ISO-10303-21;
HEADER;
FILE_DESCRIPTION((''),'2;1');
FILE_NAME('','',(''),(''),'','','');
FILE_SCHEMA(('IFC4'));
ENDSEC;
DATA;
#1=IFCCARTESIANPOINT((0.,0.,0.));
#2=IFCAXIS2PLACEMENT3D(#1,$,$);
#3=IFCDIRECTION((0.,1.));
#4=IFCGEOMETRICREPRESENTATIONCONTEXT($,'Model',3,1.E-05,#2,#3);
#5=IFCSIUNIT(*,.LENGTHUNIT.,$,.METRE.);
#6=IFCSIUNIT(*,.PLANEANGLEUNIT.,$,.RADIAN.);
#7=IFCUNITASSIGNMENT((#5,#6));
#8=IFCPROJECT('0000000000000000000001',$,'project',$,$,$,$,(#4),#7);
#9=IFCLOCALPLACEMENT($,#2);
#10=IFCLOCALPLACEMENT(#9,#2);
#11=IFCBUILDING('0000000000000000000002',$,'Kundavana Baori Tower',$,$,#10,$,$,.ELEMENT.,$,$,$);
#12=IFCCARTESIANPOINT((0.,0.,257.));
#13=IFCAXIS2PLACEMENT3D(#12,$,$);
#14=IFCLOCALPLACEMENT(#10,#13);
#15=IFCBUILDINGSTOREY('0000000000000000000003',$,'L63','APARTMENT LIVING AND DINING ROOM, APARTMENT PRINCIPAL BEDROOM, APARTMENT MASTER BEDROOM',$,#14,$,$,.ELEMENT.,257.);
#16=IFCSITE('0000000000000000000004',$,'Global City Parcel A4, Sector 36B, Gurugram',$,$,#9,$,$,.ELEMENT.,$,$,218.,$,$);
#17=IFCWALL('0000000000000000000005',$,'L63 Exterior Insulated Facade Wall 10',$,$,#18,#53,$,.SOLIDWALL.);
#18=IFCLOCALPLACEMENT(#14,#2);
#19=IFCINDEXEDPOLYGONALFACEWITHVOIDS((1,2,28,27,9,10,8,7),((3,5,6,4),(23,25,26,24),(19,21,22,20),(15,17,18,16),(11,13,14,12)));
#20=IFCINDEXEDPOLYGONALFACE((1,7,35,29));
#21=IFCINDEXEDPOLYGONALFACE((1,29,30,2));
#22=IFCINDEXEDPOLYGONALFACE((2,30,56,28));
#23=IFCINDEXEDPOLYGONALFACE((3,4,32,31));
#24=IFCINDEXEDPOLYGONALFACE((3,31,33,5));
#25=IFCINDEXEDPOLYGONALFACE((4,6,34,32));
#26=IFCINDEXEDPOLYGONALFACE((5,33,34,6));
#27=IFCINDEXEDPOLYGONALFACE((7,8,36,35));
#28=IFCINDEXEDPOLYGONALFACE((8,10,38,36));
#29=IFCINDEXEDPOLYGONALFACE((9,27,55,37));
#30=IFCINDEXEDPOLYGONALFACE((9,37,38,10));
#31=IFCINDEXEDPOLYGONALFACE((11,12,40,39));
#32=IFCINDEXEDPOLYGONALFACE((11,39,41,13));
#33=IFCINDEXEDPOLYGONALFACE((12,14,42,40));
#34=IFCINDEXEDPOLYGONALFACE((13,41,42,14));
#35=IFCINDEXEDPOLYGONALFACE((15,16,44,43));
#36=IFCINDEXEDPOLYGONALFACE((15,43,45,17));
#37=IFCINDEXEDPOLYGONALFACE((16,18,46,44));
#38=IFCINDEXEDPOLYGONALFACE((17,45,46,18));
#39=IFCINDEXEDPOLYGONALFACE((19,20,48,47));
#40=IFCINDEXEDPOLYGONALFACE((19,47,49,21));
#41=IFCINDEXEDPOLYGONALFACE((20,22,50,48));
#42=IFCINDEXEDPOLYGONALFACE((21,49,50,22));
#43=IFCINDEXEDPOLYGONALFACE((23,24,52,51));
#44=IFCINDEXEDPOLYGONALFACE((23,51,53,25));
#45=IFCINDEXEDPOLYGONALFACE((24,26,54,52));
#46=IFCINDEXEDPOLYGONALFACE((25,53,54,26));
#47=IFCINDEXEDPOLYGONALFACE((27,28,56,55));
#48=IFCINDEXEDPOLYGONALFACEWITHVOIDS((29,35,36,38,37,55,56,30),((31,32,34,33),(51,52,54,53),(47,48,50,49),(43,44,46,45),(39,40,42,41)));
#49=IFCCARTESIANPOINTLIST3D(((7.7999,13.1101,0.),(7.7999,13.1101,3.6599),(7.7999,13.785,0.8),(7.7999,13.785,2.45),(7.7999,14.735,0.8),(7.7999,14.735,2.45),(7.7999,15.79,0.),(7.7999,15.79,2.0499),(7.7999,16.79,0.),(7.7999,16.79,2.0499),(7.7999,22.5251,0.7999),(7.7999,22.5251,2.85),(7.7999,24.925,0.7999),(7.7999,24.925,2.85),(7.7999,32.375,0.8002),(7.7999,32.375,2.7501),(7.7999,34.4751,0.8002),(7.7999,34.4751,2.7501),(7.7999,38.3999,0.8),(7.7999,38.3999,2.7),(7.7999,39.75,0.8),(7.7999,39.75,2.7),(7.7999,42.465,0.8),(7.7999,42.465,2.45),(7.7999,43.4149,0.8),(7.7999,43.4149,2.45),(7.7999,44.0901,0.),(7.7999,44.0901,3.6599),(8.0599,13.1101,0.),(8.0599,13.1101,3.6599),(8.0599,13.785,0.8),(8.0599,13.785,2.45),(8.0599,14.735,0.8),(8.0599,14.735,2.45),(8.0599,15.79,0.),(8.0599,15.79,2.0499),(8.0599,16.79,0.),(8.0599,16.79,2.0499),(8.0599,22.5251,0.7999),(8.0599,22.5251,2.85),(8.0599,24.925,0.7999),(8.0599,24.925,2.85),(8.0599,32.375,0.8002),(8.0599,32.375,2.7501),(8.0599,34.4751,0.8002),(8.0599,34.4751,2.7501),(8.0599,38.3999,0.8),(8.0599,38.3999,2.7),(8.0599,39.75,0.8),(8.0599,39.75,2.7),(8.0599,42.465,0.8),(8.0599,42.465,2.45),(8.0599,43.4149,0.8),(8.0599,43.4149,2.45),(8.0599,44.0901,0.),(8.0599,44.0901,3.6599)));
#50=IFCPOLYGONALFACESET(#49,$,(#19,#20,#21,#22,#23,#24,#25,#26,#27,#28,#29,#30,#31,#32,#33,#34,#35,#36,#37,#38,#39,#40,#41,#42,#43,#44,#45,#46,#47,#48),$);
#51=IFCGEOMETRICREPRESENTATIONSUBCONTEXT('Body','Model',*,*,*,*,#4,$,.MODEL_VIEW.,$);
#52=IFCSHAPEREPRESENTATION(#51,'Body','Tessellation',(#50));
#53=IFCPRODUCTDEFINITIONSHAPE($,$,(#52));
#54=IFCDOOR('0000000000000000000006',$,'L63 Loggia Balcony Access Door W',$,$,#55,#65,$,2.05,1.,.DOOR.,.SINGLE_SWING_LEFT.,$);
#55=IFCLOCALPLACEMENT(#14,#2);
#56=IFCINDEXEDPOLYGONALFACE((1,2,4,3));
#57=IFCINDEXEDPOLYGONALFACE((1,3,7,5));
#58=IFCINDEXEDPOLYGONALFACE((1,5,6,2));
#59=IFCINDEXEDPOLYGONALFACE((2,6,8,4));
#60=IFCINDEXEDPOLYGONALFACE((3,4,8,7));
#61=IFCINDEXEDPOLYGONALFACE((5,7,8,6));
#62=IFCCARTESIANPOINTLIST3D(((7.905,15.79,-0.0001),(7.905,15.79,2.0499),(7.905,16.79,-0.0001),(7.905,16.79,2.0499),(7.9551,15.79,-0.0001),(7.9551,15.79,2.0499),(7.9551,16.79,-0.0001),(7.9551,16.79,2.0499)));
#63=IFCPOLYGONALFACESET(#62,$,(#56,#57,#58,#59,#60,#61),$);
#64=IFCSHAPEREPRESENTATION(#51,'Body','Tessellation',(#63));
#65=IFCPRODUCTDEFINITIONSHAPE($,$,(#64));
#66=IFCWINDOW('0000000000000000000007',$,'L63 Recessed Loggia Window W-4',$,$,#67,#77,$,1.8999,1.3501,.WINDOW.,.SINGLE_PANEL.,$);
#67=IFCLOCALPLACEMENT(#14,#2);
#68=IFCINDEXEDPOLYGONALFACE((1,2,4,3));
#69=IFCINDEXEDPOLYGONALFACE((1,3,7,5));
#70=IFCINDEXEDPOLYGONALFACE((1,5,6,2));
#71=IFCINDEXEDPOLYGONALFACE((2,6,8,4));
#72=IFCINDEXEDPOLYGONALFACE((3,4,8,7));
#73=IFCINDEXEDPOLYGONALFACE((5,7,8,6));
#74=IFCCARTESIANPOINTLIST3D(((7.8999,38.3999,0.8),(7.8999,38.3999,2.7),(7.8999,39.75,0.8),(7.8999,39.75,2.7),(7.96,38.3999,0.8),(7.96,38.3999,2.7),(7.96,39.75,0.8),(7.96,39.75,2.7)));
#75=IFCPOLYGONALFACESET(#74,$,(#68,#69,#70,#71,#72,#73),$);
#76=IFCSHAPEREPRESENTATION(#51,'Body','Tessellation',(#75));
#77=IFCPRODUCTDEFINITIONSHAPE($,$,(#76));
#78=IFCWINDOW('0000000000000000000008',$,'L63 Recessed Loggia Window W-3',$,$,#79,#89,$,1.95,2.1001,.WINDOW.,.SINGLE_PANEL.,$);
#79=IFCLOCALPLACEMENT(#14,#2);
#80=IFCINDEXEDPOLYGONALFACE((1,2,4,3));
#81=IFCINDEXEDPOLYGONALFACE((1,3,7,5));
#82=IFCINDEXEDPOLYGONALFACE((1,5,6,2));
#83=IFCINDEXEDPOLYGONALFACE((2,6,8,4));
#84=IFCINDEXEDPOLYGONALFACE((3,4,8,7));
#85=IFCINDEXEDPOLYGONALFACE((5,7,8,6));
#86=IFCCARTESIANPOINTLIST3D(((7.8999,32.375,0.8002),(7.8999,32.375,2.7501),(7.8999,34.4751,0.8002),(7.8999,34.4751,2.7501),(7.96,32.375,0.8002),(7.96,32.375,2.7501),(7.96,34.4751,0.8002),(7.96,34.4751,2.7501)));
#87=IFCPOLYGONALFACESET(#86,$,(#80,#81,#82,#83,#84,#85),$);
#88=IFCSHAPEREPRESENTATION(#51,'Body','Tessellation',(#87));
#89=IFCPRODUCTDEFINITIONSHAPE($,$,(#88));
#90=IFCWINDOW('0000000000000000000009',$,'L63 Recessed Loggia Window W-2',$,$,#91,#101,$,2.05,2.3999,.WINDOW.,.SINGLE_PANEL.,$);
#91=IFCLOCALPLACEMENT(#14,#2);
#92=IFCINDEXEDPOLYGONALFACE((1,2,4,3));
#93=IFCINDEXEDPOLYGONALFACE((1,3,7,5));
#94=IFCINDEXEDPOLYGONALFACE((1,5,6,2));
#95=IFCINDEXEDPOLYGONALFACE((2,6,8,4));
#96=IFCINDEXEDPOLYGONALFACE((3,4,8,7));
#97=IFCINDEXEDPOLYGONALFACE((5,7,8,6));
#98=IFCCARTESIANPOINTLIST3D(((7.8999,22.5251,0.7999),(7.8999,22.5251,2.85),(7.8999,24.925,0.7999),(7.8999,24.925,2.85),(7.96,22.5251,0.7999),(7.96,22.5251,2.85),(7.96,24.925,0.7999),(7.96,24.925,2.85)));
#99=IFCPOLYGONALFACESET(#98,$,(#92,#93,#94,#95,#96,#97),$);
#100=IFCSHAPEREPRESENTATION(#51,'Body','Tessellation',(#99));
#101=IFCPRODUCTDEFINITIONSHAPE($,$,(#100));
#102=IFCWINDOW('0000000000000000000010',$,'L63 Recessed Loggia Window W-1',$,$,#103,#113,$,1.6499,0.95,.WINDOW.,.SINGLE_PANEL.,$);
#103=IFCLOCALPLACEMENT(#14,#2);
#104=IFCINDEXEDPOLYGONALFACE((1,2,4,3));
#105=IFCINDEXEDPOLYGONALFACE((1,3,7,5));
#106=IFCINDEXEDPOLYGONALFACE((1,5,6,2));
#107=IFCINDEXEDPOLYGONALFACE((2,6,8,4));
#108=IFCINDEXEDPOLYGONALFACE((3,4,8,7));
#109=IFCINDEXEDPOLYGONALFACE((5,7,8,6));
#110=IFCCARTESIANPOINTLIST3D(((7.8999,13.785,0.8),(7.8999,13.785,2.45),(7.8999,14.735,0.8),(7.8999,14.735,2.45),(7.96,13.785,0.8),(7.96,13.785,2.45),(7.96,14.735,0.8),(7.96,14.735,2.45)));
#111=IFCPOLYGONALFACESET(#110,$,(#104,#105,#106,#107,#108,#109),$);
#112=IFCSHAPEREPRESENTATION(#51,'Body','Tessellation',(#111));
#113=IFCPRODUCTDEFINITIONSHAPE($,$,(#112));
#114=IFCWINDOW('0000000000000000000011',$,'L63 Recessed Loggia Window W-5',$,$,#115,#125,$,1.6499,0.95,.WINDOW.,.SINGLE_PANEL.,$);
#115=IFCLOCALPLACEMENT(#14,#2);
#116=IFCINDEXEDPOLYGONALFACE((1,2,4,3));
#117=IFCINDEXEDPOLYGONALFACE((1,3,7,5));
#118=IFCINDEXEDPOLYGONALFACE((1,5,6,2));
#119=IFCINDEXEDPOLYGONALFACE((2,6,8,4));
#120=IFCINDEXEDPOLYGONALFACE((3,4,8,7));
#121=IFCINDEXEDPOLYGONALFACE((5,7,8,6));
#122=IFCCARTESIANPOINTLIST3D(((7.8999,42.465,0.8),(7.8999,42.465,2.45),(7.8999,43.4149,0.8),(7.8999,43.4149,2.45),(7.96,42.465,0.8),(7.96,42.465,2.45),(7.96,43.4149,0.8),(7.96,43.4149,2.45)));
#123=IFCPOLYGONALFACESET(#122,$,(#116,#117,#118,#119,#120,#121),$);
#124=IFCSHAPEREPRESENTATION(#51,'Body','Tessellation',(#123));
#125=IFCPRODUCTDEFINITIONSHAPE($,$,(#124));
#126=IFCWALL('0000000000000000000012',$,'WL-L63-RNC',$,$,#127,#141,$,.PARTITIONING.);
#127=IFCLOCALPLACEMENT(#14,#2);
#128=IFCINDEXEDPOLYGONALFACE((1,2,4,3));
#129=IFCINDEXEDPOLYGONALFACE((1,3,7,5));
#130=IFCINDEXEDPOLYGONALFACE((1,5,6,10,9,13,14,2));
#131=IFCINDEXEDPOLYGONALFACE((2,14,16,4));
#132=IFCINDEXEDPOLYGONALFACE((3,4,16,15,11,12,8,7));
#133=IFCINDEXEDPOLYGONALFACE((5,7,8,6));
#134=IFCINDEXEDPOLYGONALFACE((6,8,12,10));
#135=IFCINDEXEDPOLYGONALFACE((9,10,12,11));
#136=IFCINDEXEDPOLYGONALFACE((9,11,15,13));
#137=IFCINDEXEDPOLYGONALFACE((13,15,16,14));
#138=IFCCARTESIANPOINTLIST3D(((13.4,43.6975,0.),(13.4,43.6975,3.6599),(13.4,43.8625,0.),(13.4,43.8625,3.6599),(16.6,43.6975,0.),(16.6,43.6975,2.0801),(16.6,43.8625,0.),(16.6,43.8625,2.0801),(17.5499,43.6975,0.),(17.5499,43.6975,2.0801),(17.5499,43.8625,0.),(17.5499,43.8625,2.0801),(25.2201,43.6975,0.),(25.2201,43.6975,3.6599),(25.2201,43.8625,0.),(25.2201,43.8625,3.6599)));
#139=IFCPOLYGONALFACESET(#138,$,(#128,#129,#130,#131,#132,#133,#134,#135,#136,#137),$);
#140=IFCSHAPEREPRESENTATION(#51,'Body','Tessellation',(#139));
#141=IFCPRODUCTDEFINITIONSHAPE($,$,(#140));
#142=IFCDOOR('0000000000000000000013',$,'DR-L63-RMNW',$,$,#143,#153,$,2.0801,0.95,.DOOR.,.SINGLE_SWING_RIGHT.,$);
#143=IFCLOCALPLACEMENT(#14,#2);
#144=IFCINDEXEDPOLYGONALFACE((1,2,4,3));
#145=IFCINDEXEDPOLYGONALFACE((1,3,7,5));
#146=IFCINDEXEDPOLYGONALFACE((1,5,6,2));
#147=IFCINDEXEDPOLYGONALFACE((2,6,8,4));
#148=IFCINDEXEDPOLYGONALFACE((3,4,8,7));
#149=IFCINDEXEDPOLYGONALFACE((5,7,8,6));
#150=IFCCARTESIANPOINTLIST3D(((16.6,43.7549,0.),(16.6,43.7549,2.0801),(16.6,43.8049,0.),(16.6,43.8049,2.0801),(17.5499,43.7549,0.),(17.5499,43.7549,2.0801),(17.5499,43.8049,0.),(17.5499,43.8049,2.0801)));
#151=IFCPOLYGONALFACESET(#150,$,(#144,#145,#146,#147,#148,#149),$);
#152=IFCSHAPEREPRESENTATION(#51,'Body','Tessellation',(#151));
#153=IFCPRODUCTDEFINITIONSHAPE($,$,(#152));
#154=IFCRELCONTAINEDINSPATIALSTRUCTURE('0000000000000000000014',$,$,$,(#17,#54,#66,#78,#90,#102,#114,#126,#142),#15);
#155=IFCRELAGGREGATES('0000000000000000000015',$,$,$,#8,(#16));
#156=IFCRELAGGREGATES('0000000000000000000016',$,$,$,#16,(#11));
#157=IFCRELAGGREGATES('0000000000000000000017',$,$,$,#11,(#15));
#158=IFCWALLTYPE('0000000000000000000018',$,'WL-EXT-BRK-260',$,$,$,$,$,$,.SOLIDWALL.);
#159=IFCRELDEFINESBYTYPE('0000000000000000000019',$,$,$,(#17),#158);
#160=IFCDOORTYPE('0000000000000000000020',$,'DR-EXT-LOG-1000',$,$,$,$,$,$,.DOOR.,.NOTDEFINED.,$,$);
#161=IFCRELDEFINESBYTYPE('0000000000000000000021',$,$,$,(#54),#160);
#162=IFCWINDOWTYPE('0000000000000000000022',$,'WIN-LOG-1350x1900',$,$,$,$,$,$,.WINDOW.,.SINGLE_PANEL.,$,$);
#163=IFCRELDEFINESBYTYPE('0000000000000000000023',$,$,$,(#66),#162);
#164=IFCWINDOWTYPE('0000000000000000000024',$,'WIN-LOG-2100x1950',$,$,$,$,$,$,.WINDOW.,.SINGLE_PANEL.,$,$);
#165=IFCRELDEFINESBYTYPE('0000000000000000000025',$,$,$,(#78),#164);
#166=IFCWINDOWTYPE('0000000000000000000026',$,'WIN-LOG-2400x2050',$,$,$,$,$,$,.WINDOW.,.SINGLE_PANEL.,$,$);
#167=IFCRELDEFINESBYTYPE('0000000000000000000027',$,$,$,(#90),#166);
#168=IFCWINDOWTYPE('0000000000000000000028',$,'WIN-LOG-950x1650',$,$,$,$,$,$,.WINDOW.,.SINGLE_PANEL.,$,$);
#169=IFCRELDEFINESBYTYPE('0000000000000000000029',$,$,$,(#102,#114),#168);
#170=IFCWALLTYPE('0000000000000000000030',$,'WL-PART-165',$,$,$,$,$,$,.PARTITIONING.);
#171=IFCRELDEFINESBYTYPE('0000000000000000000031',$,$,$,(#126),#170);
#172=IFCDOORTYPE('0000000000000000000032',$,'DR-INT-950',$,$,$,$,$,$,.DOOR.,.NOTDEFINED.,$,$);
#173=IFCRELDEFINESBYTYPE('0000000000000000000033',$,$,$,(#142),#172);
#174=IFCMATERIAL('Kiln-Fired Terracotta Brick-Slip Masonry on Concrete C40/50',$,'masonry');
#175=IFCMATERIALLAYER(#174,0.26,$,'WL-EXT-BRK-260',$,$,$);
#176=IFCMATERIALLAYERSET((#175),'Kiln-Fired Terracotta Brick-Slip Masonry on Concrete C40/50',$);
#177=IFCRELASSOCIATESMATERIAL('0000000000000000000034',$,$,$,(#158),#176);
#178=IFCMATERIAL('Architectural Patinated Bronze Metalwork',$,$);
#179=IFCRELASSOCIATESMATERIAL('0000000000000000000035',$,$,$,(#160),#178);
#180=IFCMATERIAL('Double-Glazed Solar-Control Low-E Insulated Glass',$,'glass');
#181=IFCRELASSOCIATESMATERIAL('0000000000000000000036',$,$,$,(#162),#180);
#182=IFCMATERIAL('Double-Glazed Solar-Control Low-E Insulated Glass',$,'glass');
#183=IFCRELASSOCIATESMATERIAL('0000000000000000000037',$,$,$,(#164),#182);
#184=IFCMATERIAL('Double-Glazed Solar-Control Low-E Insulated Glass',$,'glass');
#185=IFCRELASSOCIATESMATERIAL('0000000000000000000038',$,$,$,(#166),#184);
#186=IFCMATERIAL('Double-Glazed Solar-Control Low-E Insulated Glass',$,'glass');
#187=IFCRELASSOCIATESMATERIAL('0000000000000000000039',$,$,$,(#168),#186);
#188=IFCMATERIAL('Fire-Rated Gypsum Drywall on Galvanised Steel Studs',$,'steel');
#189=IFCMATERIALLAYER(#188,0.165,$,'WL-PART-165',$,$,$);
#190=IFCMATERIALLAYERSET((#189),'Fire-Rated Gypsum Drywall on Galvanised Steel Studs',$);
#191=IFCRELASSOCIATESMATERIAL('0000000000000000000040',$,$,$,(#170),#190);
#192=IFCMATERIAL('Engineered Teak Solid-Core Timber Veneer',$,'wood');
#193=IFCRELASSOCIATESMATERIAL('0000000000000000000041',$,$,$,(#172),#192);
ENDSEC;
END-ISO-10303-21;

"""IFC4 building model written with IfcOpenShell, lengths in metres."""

from ifc_helpers import new_model, si_unit, direction, frame, frame_2d, origin, place, context, subcontext, project, spatial, rectangle, extrude, material, layer, layer_set, type_object, element, fill, save


model = new_model("IFC4")

# Units and contexts
model_context = context("Model", 3, precision=1e-05, world=origin(), true_north=direction((0.0, 1.0)))
body_context = subcontext(model_context, "Body", "Model", "MODEL_VIEW")
ifc_project = project(units=[si_unit("LENGTHUNIT", "METRE"), si_unit("PLANEANGLEUNIT", "RADIAN")], contexts=[model_context])

# Site, building, storey
site_placement = place(None, origin())
site = spatial("IfcSite", under=ifc_project, at=site_placement, Name="Global City Parcel A4, Sector 36B, Gurugram", CompositionType="ELEMENT", RefElevation=218.0)
building_placement = place(site_placement, origin())
building = spatial("IfcBuilding", under=site, at=building_placement, Name="Kundavana Baori Tower", CompositionType="ELEMENT")
storey_placement = place(building_placement, frame((0.0, 0.0, 257.0)))
storey = spatial("IfcBuildingStorey", under=building, at=storey_placement, Name="L63", Description="APARTMENT LIVING AND DINING ROOM, APARTMENT PRINCIPAL BEDROOM, APARTMENT MASTER BEDROOM", CompositionType="ELEMENT", Elevation=257.0)

# Shared definitions
ifc_material_1 = material(Name="Kiln-Fired Terracotta Brick-Slip Masonry on Concrete C40/50", Category="masonry")
ifc_layer_1 = layer(ifc_material_1, 0.26, Name="WL-EXT-BRK-260")
ifc_layer_set_1 = layer_set([ifc_layer_1], Name="Kiln-Fired Terracotta Brick-Slip Masonry on Concrete C40/50")
wall_type_1 = type_object("IfcWallType", Name="WL-EXT-BRK-260", PredefinedType="SOLIDWALL", material=ifc_layer_set_1)

# Wall, openings, door, windows
wall_1_placement = place(storey_placement, frame((7.9299, 44.0901, 0.0), z_axis=(0.0, 0.0, 1.0), x_axis=(0.0, -1.0, 0.0)))
wall_1 = element("IfcWall", 1, at=wall_1_placement, inside=storey, type_object=wall_type_1, Name="L63 Exterior Insulated Facade Wall 10", PredefinedType="SOLIDWALL", context=body_context, shape_type="SweptSolid", body=[
    extrude(rectangle(XDim=30.98, YDim=0.26, at=frame_2d((15.49, 0.0))), origin(), (0.0, 0.0, 1.0), 3.6599),
])
opening_1_placement = place(wall_1_placement, frame((29.355, 0.0, 0.8)))
opening_1 = element("IfcOpeningElement", 2, at=opening_1_placement, cuts=wall_1, PredefinedType="OPENING", context=body_context, shape_type="SweptSolid", body=[
    extrude(rectangle(XDim=0.95, YDim=1.6499, at=frame_2d((0.4751, 0.825))), frame((0.0, 0.1401, 0.0), z_axis=(0.0, -1.0, 0.0), x_axis=(1.0, 0.0, 0.0)), (0.0, 0.0, 1.0), 0.28),
])
opening_2_placement = place(wall_1_placement, frame((27.3, 0.0, 0.0)))
opening_2 = element("IfcOpeningElement", 3, at=opening_2_placement, cuts=wall_1, PredefinedType="OPENING", context=body_context, shape_type="SweptSolid", body=[
    extrude(rectangle(XDim=1.0, YDim=2.05, at=frame_2d((0.5, 1.0249))), frame((0.0, 0.1401, 0.0), z_axis=(0.0, -1.0, 0.0), x_axis=(1.0, 0.0, 0.0)), (0.0, 0.0, 1.0), 0.28),
])
opening_3_placement = place(wall_1_placement, frame((19.165, 0.0, 0.8)))
opening_3 = element("IfcOpeningElement", 4, at=opening_3_placement, cuts=wall_1, PredefinedType="OPENING", context=body_context, shape_type="SweptSolid", body=[
    extrude(rectangle(XDim=2.3999, YDim=2.05, at=frame_2d((1.2, 1.0249))), frame((0.0, 0.1401, 0.0), z_axis=(0.0, -1.0, 0.0), x_axis=(1.0, 0.0, 0.0)), (0.0, 0.0, 1.0), 0.28),
])
opening_4_placement = place(wall_1_placement, frame((9.615, 0.0, 0.8)))
opening_4 = element("IfcOpeningElement", 5, at=opening_4_placement, cuts=wall_1, PredefinedType="OPENING", context=body_context, shape_type="SweptSolid", body=[
    extrude(rectangle(XDim=2.1001, YDim=1.95, at=frame_2d((1.05, 0.9751))), frame((0.0, 0.1401, 0.0), z_axis=(0.0, -1.0, 0.0), x_axis=(1.0, 0.0, 0.0)), (0.0, 0.0, 1.0), 0.28),
])
opening_5_placement = place(wall_1_placement, frame((4.3401, 0.0, 0.8)))
opening_5 = element("IfcOpeningElement", 6, at=opening_5_placement, cuts=wall_1, PredefinedType="OPENING", context=body_context, shape_type="SweptSolid", body=[
    extrude(rectangle(XDim=1.3501, YDim=1.8999, at=frame_2d((0.675, 0.95))), frame((0.0, 0.1401, 0.0), z_axis=(0.0, -1.0, 0.0), x_axis=(1.0, 0.0, 0.0)), (0.0, 0.0, 1.0), 0.28),
])
opening_6_placement = place(wall_1_placement, frame((0.675, 0.0, 0.8)))
opening_6 = element("IfcOpeningElement", 7, at=opening_6_placement, cuts=wall_1, PredefinedType="OPENING", context=body_context, shape_type="SweptSolid", body=[
    extrude(rectangle(XDim=0.95, YDim=1.6499, at=frame_2d((0.4751, 0.825))), frame((0.0, 0.1401, 0.0), z_axis=(0.0, -1.0, 0.0), x_axis=(1.0, 0.0, 0.0)), (0.0, 0.0, 1.0), 0.28),
])
ifc_material_2 = material(Name="Architectural Patinated Bronze Metalwork")
door_type_1 = type_object("IfcDoorType", Name="DR-EXT-LOG-1000", OperationType="NOTDEFINED", PredefinedType="DOOR", material=ifc_material_2)
door_1_placement = place(opening_2_placement, frame((1.0, 0.0, 0.0), z_axis=(0.0, 0.0, 1.0), x_axis=(-1.0, 0.0, 0.0)))
door_1 = element("IfcDoor", 8, at=door_1_placement, inside=storey, type_object=door_type_1, Name="L63 Loggia Balcony Access Door W", OperationType="SINGLE_SWING_LEFT", OverallHeight=2.05, OverallWidth=1.0, PredefinedType="DOOR", context=body_context, shape_type="SweptSolid", body=[
    extrude(rectangle(XDim=1.0, YDim=2.05, at=frame_2d((0.5, 1.0249))), frame((0.0, 0.0249, 0.0), z_axis=(0.0, -1.0, 0.0), x_axis=(1.0, 0.0, 0.0)), (0.0, 0.0, 1.0), 0.05),
])
fill(opening_2, door_1)
ifc_material_3 = material(Name="Double-Glazed Solar-Control Low-E Insulated Glass", Category="glass")
window_type_1 = type_object("IfcWindowType", Name="WIN-LOG-1350x1900", PartitioningType="SINGLE_PANEL", PredefinedType="WINDOW", material=ifc_material_3)
window_1_placement = place(opening_5_placement, origin())
window_1 = element("IfcWindow", 9, at=window_1_placement, inside=storey, type_object=window_type_1, Name="L63 Recessed Loggia Window W-4", OverallHeight=1.8999, OverallWidth=1.3501, PartitioningType="SINGLE_PANEL", PredefinedType="WINDOW", context=body_context, shape_type="SweptSolid", body=[
    extrude(rectangle(XDim=1.3501, YDim=1.8999, at=frame_2d((0.675, 0.95))), frame((0.0, 0.03, 0.0), z_axis=(0.0, -1.0, 0.0), x_axis=(1.0, 0.0, 0.0)), (0.0, 0.0, 1.0), 0.0601),
])
fill(opening_5, window_1)
ifc_material_4 = material(Name="Double-Glazed Solar-Control Low-E Insulated Glass", Category="glass")
window_type_2 = type_object("IfcWindowType", Name="WIN-LOG-2100x1950", PartitioningType="SINGLE_PANEL", PredefinedType="WINDOW", material=ifc_material_4)
window_2_placement = place(opening_4_placement, origin())
window_2 = element("IfcWindow", 10, at=window_2_placement, inside=storey, type_object=window_type_2, Name="L63 Recessed Loggia Window W-3", OverallHeight=1.95, OverallWidth=2.1001, PartitioningType="SINGLE_PANEL", PredefinedType="WINDOW", context=body_context, shape_type="SweptSolid", body=[
    extrude(rectangle(XDim=2.1001, YDim=1.95, at=frame_2d((1.05, 0.9751))), frame((0.0, 0.03, 0.0), z_axis=(0.0, -1.0, 0.0), x_axis=(1.0, 0.0, 0.0)), (0.0, 0.0, 1.0), 0.0601),
])
fill(opening_4, window_2)
ifc_material_5 = material(Name="Double-Glazed Solar-Control Low-E Insulated Glass", Category="glass")
window_type_3 = type_object("IfcWindowType", Name="WIN-LOG-2400x2050", PartitioningType="SINGLE_PANEL", PredefinedType="WINDOW", material=ifc_material_5)
window_3_placement = place(opening_3_placement, origin())
window_3 = element("IfcWindow", 11, at=window_3_placement, inside=storey, type_object=window_type_3, Name="L63 Recessed Loggia Window W-2", OverallHeight=2.05, OverallWidth=2.3999, PartitioningType="SINGLE_PANEL", PredefinedType="WINDOW", context=body_context, shape_type="SweptSolid", body=[
    extrude(rectangle(XDim=2.3999, YDim=2.05, at=frame_2d((1.2, 1.0249))), frame((0.0, 0.03, 0.0), z_axis=(0.0, -1.0, 0.0), x_axis=(1.0, 0.0, 0.0)), (0.0, 0.0, 1.0), 0.0601),
])
fill(opening_3, window_3)
ifc_material_6 = material(Name="Double-Glazed Solar-Control Low-E Insulated Glass", Category="glass")
window_type_4 = type_object("IfcWindowType", Name="WIN-LOG-950x1650", PartitioningType="SINGLE_PANEL", PredefinedType="WINDOW", material=ifc_material_6)
window_4_placement = place(opening_1_placement, origin())
window_4 = element("IfcWindow", 12, at=window_4_placement, inside=storey, type_object=window_type_4, Name="L63 Recessed Loggia Window W-1", OverallHeight=1.6499, OverallWidth=0.95, PartitioningType="SINGLE_PANEL", PredefinedType="WINDOW", context=body_context, shape_type="SweptSolid", body=[
    extrude(rectangle(XDim=0.95, YDim=1.6499, at=frame_2d((0.4751, 0.825))), frame((0.0, 0.03, 0.0), z_axis=(0.0, -1.0, 0.0), x_axis=(1.0, 0.0, 0.0)), (0.0, 0.0, 1.0), 0.0601),
])
fill(opening_1, window_4)
window_5_placement = place(opening_6_placement, origin())
window_5 = element("IfcWindow", 13, at=window_5_placement, inside=storey, type_object=window_type_4, Name="L63 Recessed Loggia Window W-5", OverallHeight=1.6499, OverallWidth=0.95, PartitioningType="SINGLE_PANEL", PredefinedType="WINDOW", context=body_context, shape_type="SweptSolid", body=[
    extrude(rectangle(XDim=0.95, YDim=1.6499, at=frame_2d((0.4751, 0.825))), frame((0.0, 0.03, 0.0), z_axis=(0.0, -1.0, 0.0), x_axis=(1.0, 0.0, 0.0)), (0.0, 0.0, 1.0), 0.0601),
])
fill(opening_6, window_5)

# Wall, opening, door
ifc_material_7 = material(Name="Fire-Rated Gypsum Drywall on Galvanised Steel Studs", Category="steel")
ifc_layer_2 = layer(ifc_material_7, 0.165, Name="WL-PART-165")
ifc_layer_set_2 = layer_set([ifc_layer_2], Name="Fire-Rated Gypsum Drywall on Galvanised Steel Studs")
wall_type_2 = type_object("IfcWallType", Name="WL-PART-165", PredefinedType="PARTITIONING", material=ifc_layer_set_2)
wall_2_placement = place(storey_placement, frame((13.3999, 43.78, 0.0), z_axis=(0.0, 0.0, 1.0), x_axis=(1.0, 0.0, 0.0)))
wall_2 = element("IfcWall", 14, at=wall_2_placement, inside=storey, type_object=wall_type_2, Name="WL-L63-RNC", PredefinedType="PARTITIONING", context=body_context, shape_type="SweptSolid", body=[
    extrude(rectangle(XDim=11.8201, YDim=0.165, at=frame_2d((5.9102, 0.0))), origin(), (0.0, 0.0, 1.0), 3.6599),
])
opening_7_placement = place(wall_2_placement, frame((3.2, 0.0, 0.0)))
opening_7 = element("IfcOpeningElement", 15, at=opening_7_placement, cuts=wall_2, PredefinedType="OPENING", context=body_context, shape_type="SweptSolid", body=[
    extrude(rectangle(XDim=0.95, YDim=2.0801, at=frame_2d((0.4751, 1.04))), frame((0.0, 0.0925, 0.0), z_axis=(0.0, -1.0, 0.0), x_axis=(1.0, 0.0, 0.0)), (0.0, 0.0, 1.0), 0.1851),
])
ifc_material_8 = material(Name="Engineered Teak Solid-Core Timber Veneer", Category="wood")
door_type_2 = type_object("IfcDoorType", Name="DR-INT-950", OperationType="NOTDEFINED", PredefinedType="DOOR", material=ifc_material_8)
door_2_placement = place(opening_7_placement, origin())
door_2 = element("IfcDoor", 16, at=door_2_placement, inside=storey, type_object=door_type_2, Name="DR-L63-RMNW", OperationType="SINGLE_SWING_RIGHT", OverallHeight=2.0801, OverallWidth=0.95, PredefinedType="DOOR", context=body_context, shape_type="SweptSolid", body=[
    extrude(rectangle(XDim=0.95, YDim=2.0801, at=frame_2d((0.4751, 1.04))), frame((0.0, 0.0249, 0.0), z_axis=(0.0, -1.0, 0.0), x_axis=(1.0, 0.0, 0.0)), (0.0, 0.0, 1.0), 0.05),
])
fill(opening_7, door_2)

save(model, "model.ifc")
